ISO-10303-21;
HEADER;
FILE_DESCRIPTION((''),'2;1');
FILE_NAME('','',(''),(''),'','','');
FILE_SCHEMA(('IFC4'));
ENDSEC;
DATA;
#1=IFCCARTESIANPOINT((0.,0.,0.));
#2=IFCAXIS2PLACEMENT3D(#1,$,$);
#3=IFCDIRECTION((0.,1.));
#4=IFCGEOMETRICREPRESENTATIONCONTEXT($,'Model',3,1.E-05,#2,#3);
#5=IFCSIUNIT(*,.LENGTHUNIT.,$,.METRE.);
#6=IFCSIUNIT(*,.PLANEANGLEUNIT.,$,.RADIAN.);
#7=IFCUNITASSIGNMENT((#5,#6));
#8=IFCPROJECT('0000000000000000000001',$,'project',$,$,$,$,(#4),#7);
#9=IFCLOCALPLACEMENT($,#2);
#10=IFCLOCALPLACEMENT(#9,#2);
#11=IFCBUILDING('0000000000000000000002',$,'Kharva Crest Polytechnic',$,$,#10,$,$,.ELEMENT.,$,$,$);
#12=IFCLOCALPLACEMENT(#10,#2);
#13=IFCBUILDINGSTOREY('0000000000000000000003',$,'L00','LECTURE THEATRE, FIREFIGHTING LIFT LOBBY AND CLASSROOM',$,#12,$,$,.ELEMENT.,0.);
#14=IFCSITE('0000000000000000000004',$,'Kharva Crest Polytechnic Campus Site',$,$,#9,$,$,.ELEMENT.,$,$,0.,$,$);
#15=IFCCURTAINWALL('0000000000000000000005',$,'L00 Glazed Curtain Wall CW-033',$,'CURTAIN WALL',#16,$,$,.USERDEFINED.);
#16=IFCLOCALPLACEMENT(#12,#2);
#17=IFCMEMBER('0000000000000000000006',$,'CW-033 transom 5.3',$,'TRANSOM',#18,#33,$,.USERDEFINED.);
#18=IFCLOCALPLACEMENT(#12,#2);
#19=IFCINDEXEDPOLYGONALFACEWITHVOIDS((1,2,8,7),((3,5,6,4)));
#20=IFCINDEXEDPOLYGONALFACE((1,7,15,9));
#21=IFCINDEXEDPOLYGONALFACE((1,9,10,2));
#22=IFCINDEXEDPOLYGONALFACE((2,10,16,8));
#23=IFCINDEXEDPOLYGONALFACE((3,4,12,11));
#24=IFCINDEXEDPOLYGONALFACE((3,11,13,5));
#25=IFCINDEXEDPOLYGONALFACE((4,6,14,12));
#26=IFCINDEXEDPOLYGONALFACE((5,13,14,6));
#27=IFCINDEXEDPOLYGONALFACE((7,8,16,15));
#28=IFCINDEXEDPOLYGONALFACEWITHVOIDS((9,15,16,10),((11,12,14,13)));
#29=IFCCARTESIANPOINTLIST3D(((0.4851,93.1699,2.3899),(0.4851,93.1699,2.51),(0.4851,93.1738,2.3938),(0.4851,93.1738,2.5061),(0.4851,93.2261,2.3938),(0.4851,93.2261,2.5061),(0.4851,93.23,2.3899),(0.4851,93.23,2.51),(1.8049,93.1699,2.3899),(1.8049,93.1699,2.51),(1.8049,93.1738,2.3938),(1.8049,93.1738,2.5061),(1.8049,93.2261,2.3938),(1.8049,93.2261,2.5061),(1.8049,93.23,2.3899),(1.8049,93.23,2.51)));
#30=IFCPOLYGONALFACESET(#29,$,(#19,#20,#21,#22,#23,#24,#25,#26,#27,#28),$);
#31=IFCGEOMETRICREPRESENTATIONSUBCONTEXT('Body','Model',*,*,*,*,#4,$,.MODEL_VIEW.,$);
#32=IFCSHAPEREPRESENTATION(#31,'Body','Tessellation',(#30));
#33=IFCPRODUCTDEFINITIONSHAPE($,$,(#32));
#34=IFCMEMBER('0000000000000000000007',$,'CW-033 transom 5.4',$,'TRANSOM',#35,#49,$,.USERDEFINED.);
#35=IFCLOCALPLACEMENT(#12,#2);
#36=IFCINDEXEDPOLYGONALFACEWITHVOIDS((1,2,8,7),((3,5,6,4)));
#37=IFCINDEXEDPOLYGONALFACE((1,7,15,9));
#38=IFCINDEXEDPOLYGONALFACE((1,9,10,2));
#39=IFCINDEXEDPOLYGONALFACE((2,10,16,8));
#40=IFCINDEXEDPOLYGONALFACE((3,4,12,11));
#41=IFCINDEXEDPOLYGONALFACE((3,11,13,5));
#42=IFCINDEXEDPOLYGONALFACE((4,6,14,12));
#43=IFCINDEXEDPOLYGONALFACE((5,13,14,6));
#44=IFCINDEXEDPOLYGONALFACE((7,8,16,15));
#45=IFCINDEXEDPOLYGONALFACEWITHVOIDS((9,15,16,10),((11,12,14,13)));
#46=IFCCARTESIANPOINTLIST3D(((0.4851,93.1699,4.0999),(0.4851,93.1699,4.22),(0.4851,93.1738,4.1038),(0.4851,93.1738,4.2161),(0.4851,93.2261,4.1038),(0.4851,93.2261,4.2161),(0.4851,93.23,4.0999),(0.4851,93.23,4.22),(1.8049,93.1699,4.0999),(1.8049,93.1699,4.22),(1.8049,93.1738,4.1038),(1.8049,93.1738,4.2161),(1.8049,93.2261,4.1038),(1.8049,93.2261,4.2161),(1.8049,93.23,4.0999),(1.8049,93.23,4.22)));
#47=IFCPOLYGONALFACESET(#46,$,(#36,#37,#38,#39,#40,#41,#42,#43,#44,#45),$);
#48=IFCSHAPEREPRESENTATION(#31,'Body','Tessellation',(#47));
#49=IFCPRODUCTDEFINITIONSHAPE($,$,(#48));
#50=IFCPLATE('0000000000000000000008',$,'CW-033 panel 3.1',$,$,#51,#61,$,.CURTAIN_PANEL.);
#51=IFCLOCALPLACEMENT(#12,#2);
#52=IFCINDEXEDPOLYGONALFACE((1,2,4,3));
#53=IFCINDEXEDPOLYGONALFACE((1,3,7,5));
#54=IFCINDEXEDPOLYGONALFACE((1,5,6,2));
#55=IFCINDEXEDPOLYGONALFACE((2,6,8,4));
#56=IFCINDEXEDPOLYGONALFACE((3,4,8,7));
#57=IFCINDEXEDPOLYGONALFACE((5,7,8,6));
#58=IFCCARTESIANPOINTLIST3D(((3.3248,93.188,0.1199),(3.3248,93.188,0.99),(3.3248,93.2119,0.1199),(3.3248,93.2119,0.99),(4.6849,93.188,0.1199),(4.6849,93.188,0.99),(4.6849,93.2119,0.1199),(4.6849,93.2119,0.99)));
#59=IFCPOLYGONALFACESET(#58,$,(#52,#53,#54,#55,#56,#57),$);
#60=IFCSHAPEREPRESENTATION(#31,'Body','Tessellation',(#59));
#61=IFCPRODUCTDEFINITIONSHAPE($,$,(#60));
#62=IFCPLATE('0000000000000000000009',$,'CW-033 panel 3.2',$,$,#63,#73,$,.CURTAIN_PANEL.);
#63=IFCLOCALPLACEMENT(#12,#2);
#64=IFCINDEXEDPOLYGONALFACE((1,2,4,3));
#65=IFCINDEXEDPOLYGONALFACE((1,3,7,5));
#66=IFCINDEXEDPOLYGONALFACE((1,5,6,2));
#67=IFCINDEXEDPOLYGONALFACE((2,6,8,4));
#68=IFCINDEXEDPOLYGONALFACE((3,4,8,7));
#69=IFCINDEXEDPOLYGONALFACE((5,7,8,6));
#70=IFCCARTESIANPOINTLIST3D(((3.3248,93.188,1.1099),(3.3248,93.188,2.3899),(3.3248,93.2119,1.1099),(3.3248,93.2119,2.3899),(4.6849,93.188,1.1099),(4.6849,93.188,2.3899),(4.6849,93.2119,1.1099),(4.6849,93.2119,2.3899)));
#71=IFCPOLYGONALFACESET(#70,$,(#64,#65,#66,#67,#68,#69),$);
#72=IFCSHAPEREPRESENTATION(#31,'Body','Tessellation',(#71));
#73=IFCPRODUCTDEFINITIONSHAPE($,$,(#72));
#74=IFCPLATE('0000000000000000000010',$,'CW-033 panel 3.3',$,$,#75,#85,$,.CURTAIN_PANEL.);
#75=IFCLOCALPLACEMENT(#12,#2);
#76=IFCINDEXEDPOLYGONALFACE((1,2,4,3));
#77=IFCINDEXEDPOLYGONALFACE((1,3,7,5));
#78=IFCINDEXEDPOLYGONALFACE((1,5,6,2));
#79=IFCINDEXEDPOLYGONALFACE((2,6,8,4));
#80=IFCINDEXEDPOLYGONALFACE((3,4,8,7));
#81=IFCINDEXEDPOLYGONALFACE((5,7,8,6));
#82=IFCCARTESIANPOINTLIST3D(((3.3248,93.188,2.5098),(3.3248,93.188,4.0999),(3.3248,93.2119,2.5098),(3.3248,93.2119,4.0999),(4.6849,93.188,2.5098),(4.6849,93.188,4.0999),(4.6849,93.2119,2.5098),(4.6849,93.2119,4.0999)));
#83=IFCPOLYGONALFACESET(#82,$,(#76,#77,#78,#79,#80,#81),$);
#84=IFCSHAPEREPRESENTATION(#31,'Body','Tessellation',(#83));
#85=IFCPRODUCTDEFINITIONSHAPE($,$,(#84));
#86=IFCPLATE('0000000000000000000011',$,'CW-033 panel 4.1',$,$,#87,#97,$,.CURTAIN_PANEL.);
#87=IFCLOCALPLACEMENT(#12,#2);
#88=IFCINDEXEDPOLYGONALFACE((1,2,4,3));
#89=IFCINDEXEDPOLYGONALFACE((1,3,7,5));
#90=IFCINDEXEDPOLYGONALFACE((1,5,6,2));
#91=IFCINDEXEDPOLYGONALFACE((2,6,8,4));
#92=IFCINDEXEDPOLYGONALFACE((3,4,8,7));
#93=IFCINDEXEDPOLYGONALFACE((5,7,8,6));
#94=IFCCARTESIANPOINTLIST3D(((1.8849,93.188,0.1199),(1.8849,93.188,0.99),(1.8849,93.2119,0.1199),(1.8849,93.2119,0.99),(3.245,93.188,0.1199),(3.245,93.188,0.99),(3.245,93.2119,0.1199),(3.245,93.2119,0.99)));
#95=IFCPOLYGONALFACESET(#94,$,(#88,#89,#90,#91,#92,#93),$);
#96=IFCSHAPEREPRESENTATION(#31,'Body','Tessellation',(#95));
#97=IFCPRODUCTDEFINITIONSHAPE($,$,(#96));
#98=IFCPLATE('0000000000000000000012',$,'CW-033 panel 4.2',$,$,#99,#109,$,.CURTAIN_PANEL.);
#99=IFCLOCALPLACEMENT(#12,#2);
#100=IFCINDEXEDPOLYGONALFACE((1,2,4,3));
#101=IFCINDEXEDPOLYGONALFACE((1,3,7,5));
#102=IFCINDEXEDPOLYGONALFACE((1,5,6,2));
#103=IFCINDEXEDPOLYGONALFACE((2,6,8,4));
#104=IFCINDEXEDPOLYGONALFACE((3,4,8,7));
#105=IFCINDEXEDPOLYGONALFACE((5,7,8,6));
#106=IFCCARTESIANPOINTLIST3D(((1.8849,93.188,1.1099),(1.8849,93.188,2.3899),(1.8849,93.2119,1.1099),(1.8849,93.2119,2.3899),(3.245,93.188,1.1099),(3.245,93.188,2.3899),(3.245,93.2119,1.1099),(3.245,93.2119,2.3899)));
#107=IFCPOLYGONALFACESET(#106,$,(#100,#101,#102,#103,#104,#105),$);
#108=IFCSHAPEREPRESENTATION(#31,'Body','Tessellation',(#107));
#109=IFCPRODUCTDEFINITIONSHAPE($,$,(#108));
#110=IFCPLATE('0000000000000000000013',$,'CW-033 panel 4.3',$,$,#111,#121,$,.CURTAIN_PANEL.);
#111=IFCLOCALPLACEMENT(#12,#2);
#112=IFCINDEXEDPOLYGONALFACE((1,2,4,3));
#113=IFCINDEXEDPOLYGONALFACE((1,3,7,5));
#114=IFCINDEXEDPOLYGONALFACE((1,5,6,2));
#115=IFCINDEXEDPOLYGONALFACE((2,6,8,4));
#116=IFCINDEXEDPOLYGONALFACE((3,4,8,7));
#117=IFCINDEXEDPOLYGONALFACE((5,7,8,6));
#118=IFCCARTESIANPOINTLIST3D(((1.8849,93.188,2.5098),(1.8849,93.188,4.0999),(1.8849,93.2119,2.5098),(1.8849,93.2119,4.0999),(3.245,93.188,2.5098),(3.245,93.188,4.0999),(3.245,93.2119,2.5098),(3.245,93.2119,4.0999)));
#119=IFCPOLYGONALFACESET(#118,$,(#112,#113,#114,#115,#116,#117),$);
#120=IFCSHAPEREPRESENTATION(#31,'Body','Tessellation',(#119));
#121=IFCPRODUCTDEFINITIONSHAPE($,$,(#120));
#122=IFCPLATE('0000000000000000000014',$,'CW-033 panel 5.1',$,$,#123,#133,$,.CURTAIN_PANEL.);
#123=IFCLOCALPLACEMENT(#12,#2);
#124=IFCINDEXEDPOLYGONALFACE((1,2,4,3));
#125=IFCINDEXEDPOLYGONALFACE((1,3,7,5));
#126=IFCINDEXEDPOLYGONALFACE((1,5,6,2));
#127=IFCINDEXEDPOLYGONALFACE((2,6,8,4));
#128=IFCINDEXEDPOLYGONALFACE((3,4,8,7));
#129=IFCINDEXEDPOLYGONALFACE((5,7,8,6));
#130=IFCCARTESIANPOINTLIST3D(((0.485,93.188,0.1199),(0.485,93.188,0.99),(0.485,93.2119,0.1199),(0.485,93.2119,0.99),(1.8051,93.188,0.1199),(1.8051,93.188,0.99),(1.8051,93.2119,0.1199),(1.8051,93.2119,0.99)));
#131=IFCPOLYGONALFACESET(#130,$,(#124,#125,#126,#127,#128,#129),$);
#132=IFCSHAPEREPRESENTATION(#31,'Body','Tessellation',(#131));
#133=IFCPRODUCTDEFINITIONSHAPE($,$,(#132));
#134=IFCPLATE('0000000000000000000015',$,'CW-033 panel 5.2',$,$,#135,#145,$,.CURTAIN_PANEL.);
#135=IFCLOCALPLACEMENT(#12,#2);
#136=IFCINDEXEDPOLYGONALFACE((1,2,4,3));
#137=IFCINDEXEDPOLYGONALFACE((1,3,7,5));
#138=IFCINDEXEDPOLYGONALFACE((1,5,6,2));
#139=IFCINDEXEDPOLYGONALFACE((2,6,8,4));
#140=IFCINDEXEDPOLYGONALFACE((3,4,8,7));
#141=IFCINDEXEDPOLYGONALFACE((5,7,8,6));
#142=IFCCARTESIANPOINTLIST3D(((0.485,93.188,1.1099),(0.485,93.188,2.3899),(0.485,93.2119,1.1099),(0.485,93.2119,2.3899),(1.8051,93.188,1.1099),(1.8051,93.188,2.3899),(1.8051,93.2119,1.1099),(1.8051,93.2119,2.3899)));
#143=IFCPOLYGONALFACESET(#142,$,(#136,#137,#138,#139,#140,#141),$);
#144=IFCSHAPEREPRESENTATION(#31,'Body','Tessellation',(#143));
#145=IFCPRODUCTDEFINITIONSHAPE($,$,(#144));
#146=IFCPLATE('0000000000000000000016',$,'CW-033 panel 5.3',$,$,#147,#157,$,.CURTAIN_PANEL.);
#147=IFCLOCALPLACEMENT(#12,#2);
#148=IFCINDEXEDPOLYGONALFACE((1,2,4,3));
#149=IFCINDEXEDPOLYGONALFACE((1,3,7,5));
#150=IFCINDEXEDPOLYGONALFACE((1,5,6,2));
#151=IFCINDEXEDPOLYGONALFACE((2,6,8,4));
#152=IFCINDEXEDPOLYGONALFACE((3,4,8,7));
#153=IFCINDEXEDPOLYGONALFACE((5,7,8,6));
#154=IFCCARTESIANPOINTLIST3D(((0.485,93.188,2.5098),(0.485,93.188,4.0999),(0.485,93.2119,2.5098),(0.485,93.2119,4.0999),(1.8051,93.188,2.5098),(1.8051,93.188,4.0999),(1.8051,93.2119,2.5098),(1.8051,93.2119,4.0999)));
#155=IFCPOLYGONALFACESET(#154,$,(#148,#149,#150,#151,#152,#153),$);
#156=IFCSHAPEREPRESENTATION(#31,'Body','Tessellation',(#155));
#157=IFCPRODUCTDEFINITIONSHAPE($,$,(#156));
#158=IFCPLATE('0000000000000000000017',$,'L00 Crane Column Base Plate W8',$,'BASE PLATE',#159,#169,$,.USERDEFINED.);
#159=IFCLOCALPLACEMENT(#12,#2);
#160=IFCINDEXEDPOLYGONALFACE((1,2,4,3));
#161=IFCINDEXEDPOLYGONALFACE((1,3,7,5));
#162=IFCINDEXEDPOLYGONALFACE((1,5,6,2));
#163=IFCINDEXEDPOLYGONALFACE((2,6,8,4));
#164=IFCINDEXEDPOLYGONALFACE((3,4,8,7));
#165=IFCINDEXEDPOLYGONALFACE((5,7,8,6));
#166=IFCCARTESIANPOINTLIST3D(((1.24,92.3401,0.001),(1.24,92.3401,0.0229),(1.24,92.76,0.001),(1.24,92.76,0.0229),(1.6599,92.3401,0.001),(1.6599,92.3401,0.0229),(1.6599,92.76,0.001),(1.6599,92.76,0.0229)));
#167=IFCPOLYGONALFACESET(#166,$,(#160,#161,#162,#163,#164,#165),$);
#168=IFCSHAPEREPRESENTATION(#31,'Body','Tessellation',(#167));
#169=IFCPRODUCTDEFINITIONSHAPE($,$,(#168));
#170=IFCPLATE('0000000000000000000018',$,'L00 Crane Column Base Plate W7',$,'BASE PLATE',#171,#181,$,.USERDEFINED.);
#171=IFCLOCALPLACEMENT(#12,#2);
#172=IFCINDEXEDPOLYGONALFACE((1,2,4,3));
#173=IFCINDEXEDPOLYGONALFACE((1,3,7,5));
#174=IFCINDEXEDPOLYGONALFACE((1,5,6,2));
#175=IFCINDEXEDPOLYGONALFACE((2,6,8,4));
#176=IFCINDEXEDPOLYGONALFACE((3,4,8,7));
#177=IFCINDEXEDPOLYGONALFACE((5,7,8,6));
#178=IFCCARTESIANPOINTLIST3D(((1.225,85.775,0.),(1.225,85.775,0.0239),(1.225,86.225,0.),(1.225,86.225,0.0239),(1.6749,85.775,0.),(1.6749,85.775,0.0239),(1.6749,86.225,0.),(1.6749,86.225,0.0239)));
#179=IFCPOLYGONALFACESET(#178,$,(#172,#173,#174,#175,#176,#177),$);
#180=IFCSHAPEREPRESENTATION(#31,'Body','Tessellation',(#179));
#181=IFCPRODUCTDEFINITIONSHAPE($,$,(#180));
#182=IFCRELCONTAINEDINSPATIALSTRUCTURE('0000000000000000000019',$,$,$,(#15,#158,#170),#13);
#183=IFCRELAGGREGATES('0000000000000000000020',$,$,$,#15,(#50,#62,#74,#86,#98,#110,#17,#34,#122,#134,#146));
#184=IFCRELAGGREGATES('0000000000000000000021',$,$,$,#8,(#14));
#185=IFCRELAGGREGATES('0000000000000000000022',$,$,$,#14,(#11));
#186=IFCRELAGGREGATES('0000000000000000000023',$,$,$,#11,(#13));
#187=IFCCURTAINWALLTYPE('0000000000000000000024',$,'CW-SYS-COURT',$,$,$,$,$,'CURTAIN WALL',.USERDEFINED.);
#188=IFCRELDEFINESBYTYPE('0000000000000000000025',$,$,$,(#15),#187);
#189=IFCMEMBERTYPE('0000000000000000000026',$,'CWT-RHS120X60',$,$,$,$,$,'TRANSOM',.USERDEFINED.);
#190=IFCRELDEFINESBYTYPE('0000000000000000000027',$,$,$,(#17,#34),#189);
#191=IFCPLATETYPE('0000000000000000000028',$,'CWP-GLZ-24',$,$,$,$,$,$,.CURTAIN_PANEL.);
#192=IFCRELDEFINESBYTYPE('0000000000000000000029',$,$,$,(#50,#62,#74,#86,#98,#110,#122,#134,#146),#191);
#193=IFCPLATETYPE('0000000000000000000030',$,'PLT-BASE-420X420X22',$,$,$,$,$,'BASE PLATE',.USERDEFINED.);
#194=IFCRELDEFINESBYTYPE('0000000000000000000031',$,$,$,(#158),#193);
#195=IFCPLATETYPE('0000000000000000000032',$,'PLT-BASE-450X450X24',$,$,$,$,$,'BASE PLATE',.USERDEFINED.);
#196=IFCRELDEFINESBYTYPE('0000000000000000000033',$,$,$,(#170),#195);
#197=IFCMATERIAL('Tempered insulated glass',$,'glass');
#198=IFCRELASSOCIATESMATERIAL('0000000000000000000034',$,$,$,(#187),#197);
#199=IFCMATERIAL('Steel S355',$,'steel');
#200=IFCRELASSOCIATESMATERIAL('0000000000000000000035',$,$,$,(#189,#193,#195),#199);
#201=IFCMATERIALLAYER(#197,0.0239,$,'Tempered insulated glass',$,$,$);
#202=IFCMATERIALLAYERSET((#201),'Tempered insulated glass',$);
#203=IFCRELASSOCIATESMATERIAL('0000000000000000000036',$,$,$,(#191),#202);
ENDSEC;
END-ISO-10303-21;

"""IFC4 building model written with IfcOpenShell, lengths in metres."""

from ifc_helpers import new_model, si_unit, direction, frame, origin, origin_2d, place, context, subcontext, project, spatial, rectangle, hollow_rectangle, extrude, material, layer, layer_set, material_profile, profile_set, type_object, element, aggregate, save


model = new_model("IFC4")

# Units and contexts
model_context = context("Model", 3, precision=1e-05, world=origin(), true_north=direction((0.0, 1.0)))
body_context = subcontext(model_context, "Body", "Model", "MODEL_VIEW")
ifc_project = project(units=[si_unit("LENGTHUNIT", "METRE"), si_unit("PLANEANGLEUNIT", "RADIAN")], contexts=[model_context])

# Site, building, storey
site_placement = place(None, origin())
site = spatial("IfcSite", under=ifc_project, at=site_placement, Name="Kharva Crest Polytechnic Campus Site", CompositionType="ELEMENT", RefElevation=0.0)
building_placement = place(site_placement, origin())
building = spatial("IfcBuilding", under=site, at=building_placement, Name="Kharva Crest Polytechnic", CompositionType="ELEMENT")
storey_placement = place(building_placement, origin())
storey = spatial("IfcBuildingStorey", under=building, at=storey_placement, Name="L00", Description="LECTURE THEATRE, FIREFIGHTING LIFT LOBBY AND CLASSROOM", CompositionType="ELEMENT", Elevation=0.0)

# Shared definitions
ifc_material_1 = material(Name="Steel S355", Category="steel")

# Curtain wall, members, plates
ifc_material_2 = material(Name="Tempered insulated glass", Category="glass")
curtain_wall_type = type_object("IfcCurtainWallType", Name="CW-SYS-COURT", ElementType="CURTAIN WALL", PredefinedType="USERDEFINED", material=ifc_material_2)
curtain_wall_placement = place(storey_placement, origin())
curtain_wall = element("IfcCurtainWall", 1, at=curtain_wall_placement, inside=storey, type_object=curtain_wall_type, Name="L00 Glazed Curtain Wall CW-033", ObjectType="CURTAIN WALL", PredefinedType="USERDEFINED")
ifc_material_profile_1 = material_profile(ifc_material_1, hollow_rectangle(XDim=0.0601, YDim=0.1201, WallThickness=0.0039, at=origin_2d()), Name="RHS 120X60X4.0")
ifc_profile_set_1 = profile_set([ifc_material_profile_1], Name="Steel S355")
member_type_1 = type_object("IfcMemberType", Name="CWT-RHS120X60", ElementType="TRANSOM", PredefinedType="USERDEFINED", material=ifc_profile_set_1)
member_1_placement = place(storey_placement, frame((1.8049, 93.2, 2.45), z_axis=(-1.0, 0.0, 0.0), x_axis=(0.0, -1.0, 0.0)))
member_1 = element("IfcMember", 2, at=member_1_placement, type_object=member_type_1, Name="CW-033 transom 5.3", ObjectType="TRANSOM", PredefinedType="USERDEFINED", context=body_context, shape_type="SweptSolid", body=[
    extrude(hollow_rectangle(XDim=0.0601, YDim=0.1201, WallThickness=0.0039, at=origin_2d()), origin(), (0.0, 0.0, 1.0), 1.3198),
])
member_2_placement = place(storey_placement, frame((1.8049, 93.2, 4.1599), z_axis=(-1.0, 0.0, 0.0), x_axis=(0.0, -1.0, 0.0)))
member_2 = element("IfcMember", 3, at=member_2_placement, type_object=member_type_1, Name="CW-033 transom 5.4", ObjectType="TRANSOM", PredefinedType="USERDEFINED", context=body_context, shape_type="SweptSolid", body=[
    extrude(hollow_rectangle(XDim=0.0601, YDim=0.1201, WallThickness=0.0039, at=origin_2d()), origin(), (0.0, 0.0, 1.0), 1.3198),
])
ifc_layer_1 = layer(ifc_material_2, 0.0239, Name="Tempered insulated glass")
ifc_layer_set_1 = layer_set([ifc_layer_1], Name="Tempered insulated glass")
plate_type_1 = type_object("IfcPlateType", Name="CWP-GLZ-24", PredefinedType="CURTAIN_PANEL", material=ifc_layer_set_1)
plate_1_placement = place(storey_placement, frame((4.0049, 93.2, 0.1199), z_axis=(0.0, 0.0, 1.0), x_axis=(-1.0, 0.0, 0.0)))
plate_1 = element("IfcPlate", 4, at=plate_1_placement, type_object=plate_type_1, Name="CW-033 panel 3.1", PredefinedType="CURTAIN_PANEL", context=body_context, shape_type="SweptSolid", body=[
    extrude(rectangle(XDim=1.3601, YDim=0.0239, at=origin_2d()), origin(), (0.0, 0.0, 1.0), 0.8701),
])
plate_2_placement = place(storey_placement, frame((4.0049, 93.2, 1.1099), z_axis=(0.0, 0.0, 1.0), x_axis=(-1.0, 0.0, 0.0)))
plate_2 = element("IfcPlate", 5, at=plate_2_placement, type_object=plate_type_1, Name="CW-033 panel 3.2", PredefinedType="CURTAIN_PANEL", context=body_context, shape_type="SweptSolid", body=[
    extrude(rectangle(XDim=1.3601, YDim=0.0239, at=origin_2d()), origin(), (0.0, 0.0, 1.0), 1.28),
])
plate_3_placement = place(storey_placement, frame((4.0049, 93.2, 2.5098), z_axis=(0.0, 0.0, 1.0), x_axis=(-1.0, 0.0, 0.0)))
plate_3 = element("IfcPlate", 6, at=plate_3_placement, type_object=plate_type_1, Name="CW-033 panel 3.3", PredefinedType="CURTAIN_PANEL", context=body_context, shape_type="SweptSolid", body=[
    extrude(rectangle(XDim=1.3601, YDim=0.0239, at=origin_2d()), origin(), (0.0, 0.0, 1.0), 1.5901),
])
plate_4_placement = place(storey_placement, frame((2.5649, 93.2, 0.1199), z_axis=(0.0, 0.0, 1.0), x_axis=(-1.0, 0.0, 0.0)))
plate_4 = element("IfcPlate", 7, at=plate_4_placement, type_object=plate_type_1, Name="CW-033 panel 4.1", PredefinedType="CURTAIN_PANEL", context=body_context, shape_type="SweptSolid", body=[
    extrude(rectangle(XDim=1.3601, YDim=0.0239, at=origin_2d()), origin(), (0.0, 0.0, 1.0), 0.8701),
])
plate_5_placement = place(storey_placement, frame((2.5649, 93.2, 1.1099), z_axis=(0.0, 0.0, 1.0), x_axis=(-1.0, 0.0, 0.0)))
plate_5 = element("IfcPlate", 8, at=plate_5_placement, type_object=plate_type_1, Name="CW-033 panel 4.2", PredefinedType="CURTAIN_PANEL", context=body_context, shape_type="SweptSolid", body=[
    extrude(rectangle(XDim=1.3601, YDim=0.0239, at=origin_2d()), origin(), (0.0, 0.0, 1.0), 1.28),
])
plate_6_placement = place(storey_placement, frame((2.5649, 93.2, 2.5098), z_axis=(0.0, 0.0, 1.0), x_axis=(-1.0, 0.0, 0.0)))
plate_6 = element("IfcPlate", 9, at=plate_6_placement, type_object=plate_type_1, Name="CW-033 panel 4.3", PredefinedType="CURTAIN_PANEL", context=body_context, shape_type="SweptSolid", body=[
    extrude(rectangle(XDim=1.3601, YDim=0.0239, at=origin_2d()), origin(), (0.0, 0.0, 1.0), 1.5901),
])
plate_7_placement = place(storey_placement, frame((1.145, 93.2, 0.1199), z_axis=(0.0, 0.0, 1.0), x_axis=(-1.0, 0.0, 0.0)))
plate_7 = element("IfcPlate", 10, at=plate_7_placement, type_object=plate_type_1, Name="CW-033 panel 5.1", PredefinedType="CURTAIN_PANEL", context=body_context, shape_type="SweptSolid", body=[
    extrude(rectangle(XDim=1.3201, YDim=0.0239, at=origin_2d()), origin(), (0.0, 0.0, 1.0), 0.8701),
])
plate_8_placement = place(storey_placement, frame((1.145, 93.2, 1.1099), z_axis=(0.0, 0.0, 1.0), x_axis=(-1.0, 0.0, 0.0)))
plate_8 = element("IfcPlate", 11, at=plate_8_placement, type_object=plate_type_1, Name="CW-033 panel 5.2", PredefinedType="CURTAIN_PANEL", context=body_context, shape_type="SweptSolid", body=[
    extrude(rectangle(XDim=1.3201, YDim=0.0239, at=origin_2d()), origin(), (0.0, 0.0, 1.0), 1.28),
])
plate_9_placement = place(storey_placement, frame((1.145, 93.2, 2.5098), z_axis=(0.0, 0.0, 1.0), x_axis=(-1.0, 0.0, 0.0)))
plate_9 = element("IfcPlate", 12, at=plate_9_placement, type_object=plate_type_1, Name="CW-033 panel 5.3", PredefinedType="CURTAIN_PANEL", context=body_context, shape_type="SweptSolid", body=[
    extrude(rectangle(XDim=1.3201, YDim=0.0239, at=origin_2d()), origin(), (0.0, 0.0, 1.0), 1.5901),
])
aggregate(curtain_wall, [plate_1, plate_2, plate_3, plate_4, plate_5, plate_6, member_1, member_2, plate_7, plate_8, plate_9])

# Plates
plate_type_2 = type_object("IfcPlateType", Name="PLT-BASE-420X420X22", ElementType="BASE PLATE", PredefinedType="USERDEFINED", material=ifc_material_1)
plate_10_placement = place(storey_placement, frame((1.45, 92.55, 0.001), z_axis=(0.0, 0.0, 1.0), x_axis=(1.0, 0.0, 0.0)))
element("IfcPlate", 13, at=plate_10_placement, inside=storey, type_object=plate_type_2, Name="L00 Crane Column Base Plate W8", ObjectType="BASE PLATE", PredefinedType="USERDEFINED", context=body_context, shape_type="SweptSolid", body=[
    extrude(rectangle(XDim=0.4199, YDim=0.4199, at=origin_2d()), origin(), (0.0, 0.0, 1.0), 0.022),
])
plate_type_3 = type_object("IfcPlateType", Name="PLT-BASE-450X450X24", ElementType="BASE PLATE", PredefinedType="USERDEFINED", material=ifc_material_1)
plate_11_placement = place(storey_placement, frame((1.45, 86.0, 0.0), z_axis=(0.0, 0.0, 1.0), x_axis=(1.0, 0.0, 0.0)))
element("IfcPlate", 14, at=plate_11_placement, inside=storey, type_object=plate_type_3, Name="L00 Crane Column Base Plate W7", ObjectType="BASE PLATE", PredefinedType="USERDEFINED", context=body_context, shape_type="SweptSolid", body=[
    extrude(rectangle(XDim=0.45, YDim=0.45, at=origin_2d()), origin(), (0.0, 0.0, 1.0), 0.0239),
])

save(model, "model.ifc")
